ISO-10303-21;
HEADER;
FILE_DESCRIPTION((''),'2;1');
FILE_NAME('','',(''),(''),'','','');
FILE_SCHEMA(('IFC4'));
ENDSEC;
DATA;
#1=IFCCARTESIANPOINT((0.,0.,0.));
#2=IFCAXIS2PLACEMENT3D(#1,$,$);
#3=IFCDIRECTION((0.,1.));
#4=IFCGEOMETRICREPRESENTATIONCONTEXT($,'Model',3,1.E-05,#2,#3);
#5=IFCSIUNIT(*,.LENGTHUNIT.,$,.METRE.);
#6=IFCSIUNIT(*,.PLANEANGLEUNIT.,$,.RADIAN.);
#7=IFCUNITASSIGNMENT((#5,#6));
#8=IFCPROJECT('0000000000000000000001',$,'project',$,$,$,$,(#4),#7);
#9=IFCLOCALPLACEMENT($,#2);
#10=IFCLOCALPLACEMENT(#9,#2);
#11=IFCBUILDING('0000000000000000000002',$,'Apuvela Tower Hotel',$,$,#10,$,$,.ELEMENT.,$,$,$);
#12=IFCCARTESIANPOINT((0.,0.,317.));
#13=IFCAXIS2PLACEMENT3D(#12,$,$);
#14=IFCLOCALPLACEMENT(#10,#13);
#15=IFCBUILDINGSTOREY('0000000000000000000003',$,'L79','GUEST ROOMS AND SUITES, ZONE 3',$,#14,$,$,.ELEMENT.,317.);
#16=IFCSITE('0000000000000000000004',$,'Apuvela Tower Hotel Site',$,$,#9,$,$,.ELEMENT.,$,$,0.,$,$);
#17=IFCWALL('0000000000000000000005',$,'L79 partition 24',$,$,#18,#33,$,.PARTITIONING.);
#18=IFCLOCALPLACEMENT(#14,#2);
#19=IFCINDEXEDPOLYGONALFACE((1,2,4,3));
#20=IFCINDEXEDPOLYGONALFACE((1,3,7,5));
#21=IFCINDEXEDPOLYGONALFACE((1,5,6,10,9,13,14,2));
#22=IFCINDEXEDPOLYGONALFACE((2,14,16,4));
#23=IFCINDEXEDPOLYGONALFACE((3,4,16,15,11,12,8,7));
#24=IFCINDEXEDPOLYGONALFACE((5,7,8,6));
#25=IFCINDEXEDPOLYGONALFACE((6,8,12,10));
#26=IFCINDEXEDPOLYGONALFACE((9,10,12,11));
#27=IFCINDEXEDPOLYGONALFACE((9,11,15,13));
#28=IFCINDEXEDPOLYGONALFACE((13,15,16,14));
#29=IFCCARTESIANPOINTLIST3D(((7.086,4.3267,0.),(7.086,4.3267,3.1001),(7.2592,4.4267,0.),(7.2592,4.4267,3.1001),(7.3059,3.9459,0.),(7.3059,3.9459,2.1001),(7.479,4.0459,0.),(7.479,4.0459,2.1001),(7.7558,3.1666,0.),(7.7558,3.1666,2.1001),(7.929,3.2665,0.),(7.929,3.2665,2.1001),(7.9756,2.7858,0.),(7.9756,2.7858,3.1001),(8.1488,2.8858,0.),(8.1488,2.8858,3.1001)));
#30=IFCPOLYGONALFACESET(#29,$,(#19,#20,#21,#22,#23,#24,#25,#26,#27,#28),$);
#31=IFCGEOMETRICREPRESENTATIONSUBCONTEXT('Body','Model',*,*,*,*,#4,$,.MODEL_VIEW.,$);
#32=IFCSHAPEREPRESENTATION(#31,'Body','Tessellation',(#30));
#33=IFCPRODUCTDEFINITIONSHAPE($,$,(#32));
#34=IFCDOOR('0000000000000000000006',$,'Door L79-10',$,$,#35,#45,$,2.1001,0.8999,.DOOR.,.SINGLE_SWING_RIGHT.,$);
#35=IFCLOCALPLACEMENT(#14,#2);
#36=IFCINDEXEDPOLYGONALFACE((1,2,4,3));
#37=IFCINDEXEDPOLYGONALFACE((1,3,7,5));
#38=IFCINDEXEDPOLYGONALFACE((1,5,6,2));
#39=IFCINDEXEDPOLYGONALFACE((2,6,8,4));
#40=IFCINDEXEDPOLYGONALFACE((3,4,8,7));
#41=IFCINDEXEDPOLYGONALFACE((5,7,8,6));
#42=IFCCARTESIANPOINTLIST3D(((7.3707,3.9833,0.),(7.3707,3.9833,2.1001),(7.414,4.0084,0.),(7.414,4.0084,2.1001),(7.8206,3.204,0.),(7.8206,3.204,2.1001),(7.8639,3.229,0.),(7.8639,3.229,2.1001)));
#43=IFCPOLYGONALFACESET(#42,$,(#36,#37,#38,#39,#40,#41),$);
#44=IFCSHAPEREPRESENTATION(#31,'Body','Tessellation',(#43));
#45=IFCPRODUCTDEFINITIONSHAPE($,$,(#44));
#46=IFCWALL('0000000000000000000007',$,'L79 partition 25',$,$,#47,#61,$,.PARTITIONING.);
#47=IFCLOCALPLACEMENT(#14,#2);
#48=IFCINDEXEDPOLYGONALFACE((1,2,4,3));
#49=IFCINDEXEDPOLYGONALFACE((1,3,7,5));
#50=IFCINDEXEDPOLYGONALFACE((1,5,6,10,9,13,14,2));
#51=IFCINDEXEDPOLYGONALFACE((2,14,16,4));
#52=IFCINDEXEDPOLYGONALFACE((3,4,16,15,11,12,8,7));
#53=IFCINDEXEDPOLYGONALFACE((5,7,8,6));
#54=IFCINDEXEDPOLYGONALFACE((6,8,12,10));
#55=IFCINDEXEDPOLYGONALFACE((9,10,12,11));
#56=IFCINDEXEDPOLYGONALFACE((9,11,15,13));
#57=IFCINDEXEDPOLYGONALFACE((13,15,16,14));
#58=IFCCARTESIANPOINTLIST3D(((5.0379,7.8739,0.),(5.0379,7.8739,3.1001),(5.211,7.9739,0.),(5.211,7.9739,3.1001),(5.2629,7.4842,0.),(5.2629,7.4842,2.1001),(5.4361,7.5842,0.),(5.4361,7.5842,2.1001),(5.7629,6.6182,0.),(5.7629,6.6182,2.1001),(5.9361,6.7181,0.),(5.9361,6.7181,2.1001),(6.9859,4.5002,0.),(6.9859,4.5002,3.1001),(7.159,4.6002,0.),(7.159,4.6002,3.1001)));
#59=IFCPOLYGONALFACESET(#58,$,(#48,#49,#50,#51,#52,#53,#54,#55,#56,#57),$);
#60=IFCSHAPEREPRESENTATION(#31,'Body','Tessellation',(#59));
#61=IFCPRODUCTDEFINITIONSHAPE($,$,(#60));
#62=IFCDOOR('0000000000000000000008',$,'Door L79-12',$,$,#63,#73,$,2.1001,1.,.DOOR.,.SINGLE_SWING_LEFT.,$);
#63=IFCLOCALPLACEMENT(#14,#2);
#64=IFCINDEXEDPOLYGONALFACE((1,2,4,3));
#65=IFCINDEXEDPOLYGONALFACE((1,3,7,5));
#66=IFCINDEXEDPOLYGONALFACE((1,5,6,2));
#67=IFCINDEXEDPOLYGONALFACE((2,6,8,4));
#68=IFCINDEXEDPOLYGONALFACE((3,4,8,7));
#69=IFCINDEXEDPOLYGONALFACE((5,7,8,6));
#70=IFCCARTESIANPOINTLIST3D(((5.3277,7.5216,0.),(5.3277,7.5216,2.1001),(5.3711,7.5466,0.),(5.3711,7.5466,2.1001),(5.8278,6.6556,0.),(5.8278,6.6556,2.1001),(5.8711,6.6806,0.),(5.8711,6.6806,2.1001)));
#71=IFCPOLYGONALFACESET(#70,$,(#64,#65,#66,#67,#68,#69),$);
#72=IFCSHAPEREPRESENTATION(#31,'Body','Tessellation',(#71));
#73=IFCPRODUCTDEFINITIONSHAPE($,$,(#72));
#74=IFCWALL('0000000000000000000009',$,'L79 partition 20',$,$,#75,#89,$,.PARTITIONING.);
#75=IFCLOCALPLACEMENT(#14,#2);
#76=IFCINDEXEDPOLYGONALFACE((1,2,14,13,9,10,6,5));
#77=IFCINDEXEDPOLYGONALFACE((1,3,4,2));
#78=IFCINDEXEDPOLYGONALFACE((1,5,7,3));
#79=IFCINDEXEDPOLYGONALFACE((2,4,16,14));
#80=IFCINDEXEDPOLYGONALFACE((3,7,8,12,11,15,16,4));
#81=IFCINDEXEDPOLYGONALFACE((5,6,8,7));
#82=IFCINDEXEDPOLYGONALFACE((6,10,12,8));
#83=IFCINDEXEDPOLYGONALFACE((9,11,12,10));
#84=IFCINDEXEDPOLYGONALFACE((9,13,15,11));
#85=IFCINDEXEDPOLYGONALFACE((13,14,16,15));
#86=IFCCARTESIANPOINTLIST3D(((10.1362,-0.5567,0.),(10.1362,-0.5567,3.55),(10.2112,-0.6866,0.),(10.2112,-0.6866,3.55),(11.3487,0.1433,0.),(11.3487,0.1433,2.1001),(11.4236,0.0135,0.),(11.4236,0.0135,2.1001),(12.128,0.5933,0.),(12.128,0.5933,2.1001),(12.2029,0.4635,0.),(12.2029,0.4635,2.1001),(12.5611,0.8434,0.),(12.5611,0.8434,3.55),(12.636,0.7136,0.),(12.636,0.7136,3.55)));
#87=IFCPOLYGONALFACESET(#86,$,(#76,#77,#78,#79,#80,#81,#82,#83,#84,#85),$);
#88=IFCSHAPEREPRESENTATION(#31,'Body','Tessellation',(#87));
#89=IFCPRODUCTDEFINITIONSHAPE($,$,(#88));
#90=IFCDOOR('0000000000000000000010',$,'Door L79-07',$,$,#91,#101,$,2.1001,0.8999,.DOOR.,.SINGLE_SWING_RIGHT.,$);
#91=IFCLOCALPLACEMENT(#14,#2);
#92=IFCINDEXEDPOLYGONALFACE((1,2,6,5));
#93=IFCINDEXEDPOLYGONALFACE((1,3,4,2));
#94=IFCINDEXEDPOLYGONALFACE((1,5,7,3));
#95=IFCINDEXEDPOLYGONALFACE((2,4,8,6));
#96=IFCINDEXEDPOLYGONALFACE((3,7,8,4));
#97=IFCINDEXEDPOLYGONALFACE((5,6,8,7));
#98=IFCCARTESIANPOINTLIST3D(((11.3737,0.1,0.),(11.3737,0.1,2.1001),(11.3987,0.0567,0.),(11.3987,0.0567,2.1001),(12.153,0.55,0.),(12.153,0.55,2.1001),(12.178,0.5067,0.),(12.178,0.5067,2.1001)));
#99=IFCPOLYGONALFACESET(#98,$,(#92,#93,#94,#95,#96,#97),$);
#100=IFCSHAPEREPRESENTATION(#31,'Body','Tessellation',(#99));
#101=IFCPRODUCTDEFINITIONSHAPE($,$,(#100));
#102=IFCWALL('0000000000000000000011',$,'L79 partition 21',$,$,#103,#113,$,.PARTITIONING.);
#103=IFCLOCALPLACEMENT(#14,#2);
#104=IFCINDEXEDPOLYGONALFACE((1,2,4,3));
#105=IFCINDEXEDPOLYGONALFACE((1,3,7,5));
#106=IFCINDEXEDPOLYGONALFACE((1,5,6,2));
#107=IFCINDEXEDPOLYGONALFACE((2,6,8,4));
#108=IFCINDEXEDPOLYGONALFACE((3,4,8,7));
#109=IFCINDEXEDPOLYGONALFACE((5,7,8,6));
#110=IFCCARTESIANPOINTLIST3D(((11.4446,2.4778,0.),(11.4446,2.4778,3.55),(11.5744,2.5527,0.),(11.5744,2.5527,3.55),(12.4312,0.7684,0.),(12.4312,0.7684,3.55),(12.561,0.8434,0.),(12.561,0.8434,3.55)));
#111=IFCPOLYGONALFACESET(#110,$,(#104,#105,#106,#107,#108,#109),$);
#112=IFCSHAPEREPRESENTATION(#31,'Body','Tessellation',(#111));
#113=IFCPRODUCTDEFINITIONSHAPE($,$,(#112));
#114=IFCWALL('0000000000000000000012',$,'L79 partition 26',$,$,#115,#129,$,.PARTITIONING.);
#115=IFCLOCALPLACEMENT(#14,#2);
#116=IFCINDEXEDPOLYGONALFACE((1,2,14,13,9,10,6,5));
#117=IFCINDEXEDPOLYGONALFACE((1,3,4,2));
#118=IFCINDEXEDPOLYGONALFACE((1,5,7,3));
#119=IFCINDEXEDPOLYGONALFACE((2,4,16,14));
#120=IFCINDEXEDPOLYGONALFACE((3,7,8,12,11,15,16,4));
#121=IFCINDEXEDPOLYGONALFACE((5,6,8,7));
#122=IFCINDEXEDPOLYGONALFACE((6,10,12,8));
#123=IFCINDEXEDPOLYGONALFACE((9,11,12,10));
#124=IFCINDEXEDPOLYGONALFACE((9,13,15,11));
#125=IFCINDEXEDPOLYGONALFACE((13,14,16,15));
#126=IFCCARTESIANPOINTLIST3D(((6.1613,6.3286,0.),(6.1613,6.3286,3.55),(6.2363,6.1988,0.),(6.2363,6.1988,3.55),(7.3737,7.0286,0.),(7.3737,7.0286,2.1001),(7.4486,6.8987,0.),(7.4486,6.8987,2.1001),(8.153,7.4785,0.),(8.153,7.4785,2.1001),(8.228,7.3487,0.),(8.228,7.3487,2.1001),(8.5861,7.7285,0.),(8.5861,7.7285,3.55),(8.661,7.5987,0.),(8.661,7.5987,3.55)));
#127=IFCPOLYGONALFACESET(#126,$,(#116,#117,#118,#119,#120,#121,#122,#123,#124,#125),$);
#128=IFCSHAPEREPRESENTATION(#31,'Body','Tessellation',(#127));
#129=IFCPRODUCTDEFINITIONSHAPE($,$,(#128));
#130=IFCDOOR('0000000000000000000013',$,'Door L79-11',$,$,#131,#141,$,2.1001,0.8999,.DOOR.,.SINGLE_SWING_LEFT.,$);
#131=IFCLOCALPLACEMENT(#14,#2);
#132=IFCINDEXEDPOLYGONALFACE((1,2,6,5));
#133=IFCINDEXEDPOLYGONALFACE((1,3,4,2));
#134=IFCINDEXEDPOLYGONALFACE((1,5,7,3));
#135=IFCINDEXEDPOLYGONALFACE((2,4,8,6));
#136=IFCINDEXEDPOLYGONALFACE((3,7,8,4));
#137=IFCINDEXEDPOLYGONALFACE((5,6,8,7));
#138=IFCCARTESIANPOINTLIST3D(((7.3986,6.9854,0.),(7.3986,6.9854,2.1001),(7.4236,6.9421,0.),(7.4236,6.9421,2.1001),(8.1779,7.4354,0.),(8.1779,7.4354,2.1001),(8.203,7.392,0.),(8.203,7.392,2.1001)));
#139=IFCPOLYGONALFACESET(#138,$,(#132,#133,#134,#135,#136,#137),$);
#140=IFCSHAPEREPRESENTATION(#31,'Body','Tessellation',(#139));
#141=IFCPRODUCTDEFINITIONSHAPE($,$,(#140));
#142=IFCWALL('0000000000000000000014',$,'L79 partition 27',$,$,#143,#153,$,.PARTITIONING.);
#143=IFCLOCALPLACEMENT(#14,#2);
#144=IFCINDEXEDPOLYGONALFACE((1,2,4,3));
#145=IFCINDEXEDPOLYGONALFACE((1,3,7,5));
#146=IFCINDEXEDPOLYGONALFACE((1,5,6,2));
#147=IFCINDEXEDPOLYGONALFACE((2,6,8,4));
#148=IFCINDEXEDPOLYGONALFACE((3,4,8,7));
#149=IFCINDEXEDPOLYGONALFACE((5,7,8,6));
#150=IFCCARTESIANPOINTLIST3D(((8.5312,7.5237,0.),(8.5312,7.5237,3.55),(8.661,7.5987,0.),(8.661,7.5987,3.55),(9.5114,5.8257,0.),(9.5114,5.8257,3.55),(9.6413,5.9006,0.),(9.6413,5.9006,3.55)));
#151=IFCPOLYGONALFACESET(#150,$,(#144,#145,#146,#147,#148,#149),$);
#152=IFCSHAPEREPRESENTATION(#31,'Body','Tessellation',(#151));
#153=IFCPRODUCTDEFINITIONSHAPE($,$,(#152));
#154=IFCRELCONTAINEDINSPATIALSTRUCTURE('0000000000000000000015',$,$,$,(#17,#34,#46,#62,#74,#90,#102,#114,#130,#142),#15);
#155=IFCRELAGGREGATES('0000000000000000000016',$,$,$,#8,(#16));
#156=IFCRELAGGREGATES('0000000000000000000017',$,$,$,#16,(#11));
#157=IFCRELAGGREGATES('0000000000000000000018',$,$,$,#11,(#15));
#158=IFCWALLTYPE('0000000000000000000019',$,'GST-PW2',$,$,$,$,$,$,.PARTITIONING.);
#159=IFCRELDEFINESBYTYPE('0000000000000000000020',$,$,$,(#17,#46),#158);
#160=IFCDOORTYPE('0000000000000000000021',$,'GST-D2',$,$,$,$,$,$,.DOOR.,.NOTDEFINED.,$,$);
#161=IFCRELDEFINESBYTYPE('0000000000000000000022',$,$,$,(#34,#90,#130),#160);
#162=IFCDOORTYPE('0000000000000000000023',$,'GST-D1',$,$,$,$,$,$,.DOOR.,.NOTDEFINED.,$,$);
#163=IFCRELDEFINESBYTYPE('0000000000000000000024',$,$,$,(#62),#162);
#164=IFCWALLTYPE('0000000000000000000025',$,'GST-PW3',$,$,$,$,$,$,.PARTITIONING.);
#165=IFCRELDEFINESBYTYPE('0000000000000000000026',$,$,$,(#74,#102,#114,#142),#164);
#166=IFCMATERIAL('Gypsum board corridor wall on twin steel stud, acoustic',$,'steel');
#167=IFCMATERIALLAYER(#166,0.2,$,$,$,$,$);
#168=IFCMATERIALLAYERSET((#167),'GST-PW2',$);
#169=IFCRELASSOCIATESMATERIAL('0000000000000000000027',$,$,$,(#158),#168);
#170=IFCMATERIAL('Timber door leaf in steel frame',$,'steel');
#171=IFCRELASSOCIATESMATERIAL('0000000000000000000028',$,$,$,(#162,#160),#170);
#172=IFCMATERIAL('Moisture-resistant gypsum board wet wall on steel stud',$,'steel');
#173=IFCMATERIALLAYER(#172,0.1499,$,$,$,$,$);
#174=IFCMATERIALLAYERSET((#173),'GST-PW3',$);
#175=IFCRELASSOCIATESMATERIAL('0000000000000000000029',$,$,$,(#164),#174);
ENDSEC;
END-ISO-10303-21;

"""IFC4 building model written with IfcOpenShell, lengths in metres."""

from ifc_helpers import new_model, si_unit, direction, frame, frame_2d, origin, place, context, subcontext, project, spatial, rectangle, extrude, material, layer, layer_set, type_object, element, fill, save


model = new_model("IFC4")

# Units and contexts
model_context = context("Model", 3, precision=1e-05, world=origin(), true_north=direction((0.0, 1.0)))
body_context = subcontext(model_context, "Body", "Model", "MODEL_VIEW")
ifc_project = project(units=[si_unit("LENGTHUNIT", "METRE"), si_unit("PLANEANGLEUNIT", "RADIAN")], contexts=[model_context])

# Site, building, storey
site_placement = place(None, origin())
site = spatial("IfcSite", under=ifc_project, at=site_placement, Name="Apuvela Tower Hotel Site", CompositionType="ELEMENT", RefElevation=0.0)
building_placement = place(site_placement, origin())
building = spatial("IfcBuilding", under=site, at=building_placement, Name="Apuvela Tower Hotel", CompositionType="ELEMENT")
storey_placement = place(building_placement, frame((0.0, 0.0, 317.0)))
storey = spatial("IfcBuildingStorey", under=building, at=storey_placement, Name="L79", Description="GUEST ROOMS AND SUITES, ZONE 3", CompositionType="ELEMENT", Elevation=317.0)

# Walls, openings, doors
ifc_material_1 = material(Name="Gypsum board corridor wall on twin steel stud, acoustic", Category="steel")
ifc_layer_1 = layer(ifc_material_1, 0.2)
ifc_layer_set_1 = layer_set([ifc_layer_1], Name="GST-PW2")
wall_type_1 = type_object("IfcWallType", Name="GST-PW2", PredefinedType="PARTITIONING", material=ifc_layer_set_1)
ifc_material_2 = material(Name="Timber door leaf in steel frame", Category="steel")
door_type_1 = type_object("IfcDoorType", Name="GST-D1", OperationType="NOTDEFINED", PredefinedType="DOOR", material=ifc_material_2)
door_type_2 = type_object("IfcDoorType", Name="GST-D2", OperationType="NOTDEFINED", PredefinedType="DOOR", material=ifc_material_2)
wall_1_placement = place(storey_placement, frame((7.1726, 4.3767, 0.0), z_axis=(0.0, 0.0, 1.0), x_axis=(0.499976, -0.866039, 0.0)))
wall_1 = element("IfcWall", 1, at=wall_1_placement, inside=storey, type_object=wall_type_1, Name="L79 partition 24", PredefinedType="PARTITIONING", context=body_context, shape_type="SweptSolid", body=[
    extrude(rectangle(XDim=1.7793, YDim=0.2, at=frame_2d((0.8896, 0.0))), origin(), (0.0, 0.0, 1.0), 3.1001),
])
opening_1_placement = place(wall_1_placement, frame((0.4397, 0.0, 0.0)))
opening_1 = element("IfcOpeningElement", 2, at=opening_1_placement, cuts=wall_1, PredefinedType="OPENING", context=body_context, shape_type="SweptSolid", body=[
    extrude(rectangle(XDim=0.8999, YDim=2.1001, at=frame_2d((0.45, 1.05))), frame((0.0, 0.1099, 0.0), z_axis=(0.0, -1.0, 0.0), x_axis=(1.0, 0.0, 0.0)), (0.0, 0.0, 1.0), 0.22),
])
door_1_placement = place(opening_1_placement, origin())
door_1 = element("IfcDoor", 3, at=door_1_placement, inside=storey, type_object=door_type_2, Name="Door L79-10", OperationType="SINGLE_SWING_RIGHT", OverallHeight=2.1001, OverallWidth=0.8999, PredefinedType="DOOR", context=body_context, shape_type="SweptSolid", body=[
    extrude(rectangle(XDim=0.8999, YDim=2.1001, at=frame_2d((0.45, 1.05))), frame((0.0, 0.0249, 0.0), z_axis=(0.0, -1.0, 0.0), x_axis=(1.0, 0.0, 0.0)), (0.0, 0.0, 1.0), 0.05),
])
fill(opening_1, door_1)
wall_2_placement = place(storey_placement, frame((5.1245, 7.9238, 0.0), z_axis=(0.0, 0.0, 1.0), x_axis=(0.500028, -0.866009, 0.0)))
wall_2 = element("IfcWall", 4, at=wall_2_placement, inside=storey, type_object=wall_type_1, Name="L79 partition 25", PredefinedType="PARTITIONING", context=body_context, shape_type="SweptSolid", body=[
    extrude(rectangle(XDim=3.8958, YDim=0.2, at=frame_2d((1.9478, 0.0))), origin(), (0.0, 0.0, 1.0), 3.1001),
])
opening_2_placement = place(wall_2_placement, frame((0.45, 0.0, 0.0)))
opening_2 = element("IfcOpeningElement", 5, at=opening_2_placement, cuts=wall_2, PredefinedType="OPENING", context=body_context, shape_type="SweptSolid", body=[
    extrude(rectangle(XDim=1.0, YDim=2.1001, at=frame_2d((0.5, 1.05))), frame((0.0, 0.1099, 0.0), z_axis=(0.0, -1.0, 0.0), x_axis=(1.0, 0.0, 0.0)), (0.0, 0.0, 1.0), 0.22),
])
door_2_placement = place(opening_2_placement, origin())
door_2 = element("IfcDoor", 6, at=door_2_placement, inside=storey, type_object=door_type_1, Name="Door L79-12", OperationType="SINGLE_SWING_LEFT", OverallHeight=2.1001, OverallWidth=1.0, PredefinedType="DOOR", context=body_context, shape_type="SweptSolid", body=[
    extrude(rectangle(XDim=1.0, YDim=2.1001, at=frame_2d((0.5, 1.05))), frame((0.0, 0.0249, 0.0), z_axis=(0.0, -1.0, 0.0), x_axis=(1.0, 0.0, 0.0)), (0.0, 0.0, 1.0), 0.05),
])
fill(opening_2, door_2)
ifc_material_3 = material(Name="Moisture-resistant gypsum board wet wall on steel stud", Category="steel")
ifc_layer_2 = layer(ifc_material_3, 0.1499)
ifc_layer_set_2 = layer_set([ifc_layer_2], Name="GST-PW3")
wall_type_2 = type_object("IfcWallType", Name="GST-PW3", PredefinedType="PARTITIONING", material=ifc_layer_set_2)
wall_3_placement = place(storey_placement, frame((10.1738, -0.6216, 0.0), z_axis=(0.0, 0.0, 1.0), x_axis=(0.865997, 0.50005, 0.0)))
wall_3 = element("IfcWall", 7, at=wall_3_placement, inside=storey, type_object=wall_type_2, Name="L79 partition 20", PredefinedType="PARTITIONING", context=body_context, shape_type="SweptSolid", body=[
    extrude(rectangle(XDim=2.8, YDim=0.1499, at=frame_2d((1.3999, 0.0))), origin(), (0.0, 0.0, 1.0), 3.55),
])
opening_3_placement = place(wall_3_placement, frame((1.3999, 0.0, 0.0)))
opening_3 = element("IfcOpeningElement", 8, at=opening_3_placement, cuts=wall_3, PredefinedType="OPENING", context=body_context, shape_type="SweptSolid", body=[
    extrude(rectangle(XDim=0.8999, YDim=2.1001, at=frame_2d((0.45, 1.05))), frame((0.0, 0.085, 0.0), z_axis=(0.0, -1.0, 0.0), x_axis=(1.0, 0.0, 0.0)), (0.0, 0.0, 1.0), 0.1699),
])
door_3_placement = place(opening_3_placement, origin())
door_3 = element("IfcDoor", 9, at=door_3_placement, inside=storey, type_object=door_type_2, Name="Door L79-07", OperationType="SINGLE_SWING_RIGHT", OverallHeight=2.1001, OverallWidth=0.8999, PredefinedType="DOOR", context=body_context, shape_type="SweptSolid", body=[
    extrude(rectangle(XDim=0.8999, YDim=2.1001, at=frame_2d((0.45, 1.05))), frame((0.0, 0.0249, 0.0), z_axis=(0.0, -1.0, 0.0), x_axis=(1.0, 0.0, 0.0)), (0.0, 0.0, 1.0), 0.05),
])
fill(opening_3, door_3)

# Wall
wall_4_placement = place(storey_placement, frame((12.4961, 0.8059, 0.0), z_axis=(0.0, 0.0, 1.0), x_axis=(-0.499905, 0.866081, 0.0)))
element("IfcWall", 10, at=wall_4_placement, inside=storey, type_object=wall_type_2, Name="L79 partition 21", PredefinedType="PARTITIONING", context=body_context, shape_type="SweptSolid", body=[
    extrude(rectangle(XDim=1.9736, YDim=0.1499, at=frame_2d((0.9868, 0.0))), origin(), (0.0, 0.0, 1.0), 3.55),
])

# Wall, opening, door
wall_5_placement = place(storey_placement, frame((8.6235, 7.6636, 0.0), z_axis=(0.0, 0.0, 1.0), x_axis=(-0.866035, -0.499984, 0.0)))
wall_5 = element("IfcWall", 11, at=wall_5_placement, inside=storey, type_object=wall_type_2, Name="L79 partition 26", PredefinedType="PARTITIONING", context=body_context, shape_type="SweptSolid", body=[
    extrude(rectangle(XDim=2.7998, YDim=0.1499, at=frame_2d((1.3999, 0.0))), origin(), (0.0, 0.0, 1.0), 3.55),
])
opening_4_placement = place(wall_5_placement, frame((0.5, 0.0, 0.0)))
opening_4 = element("IfcOpeningElement", 12, at=opening_4_placement, cuts=wall_5, PredefinedType="OPENING", context=body_context, shape_type="SweptSolid", body=[
    extrude(rectangle(XDim=0.8999, YDim=2.1001, at=frame_2d((0.45, 1.05))), frame((0.0, 0.085, 0.0), z_axis=(0.0, -1.0, 0.0), x_axis=(1.0, 0.0, 0.0)), (0.0, 0.0, 1.0), 0.1699),
])
door_4_placement = place(opening_4_placement, origin())
door_4 = element("IfcDoor", 13, at=door_4_placement, inside=storey, type_object=door_type_2, Name="Door L79-11", OperationType="SINGLE_SWING_LEFT", OverallHeight=2.1001, OverallWidth=0.8999, PredefinedType="DOOR", context=body_context, shape_type="SweptSolid", body=[
    extrude(rectangle(XDim=0.8999, YDim=2.1001, at=frame_2d((0.45, 1.05))), frame((0.0, 0.0249, 0.0), z_axis=(0.0, -1.0, 0.0), x_axis=(1.0, 0.0, 0.0)), (0.0, 0.0, 1.0), 0.05),
])
fill(opening_4, door_4)

# Wall
wall_6_placement = place(storey_placement, frame((9.5764, 5.863, 0.0), z_axis=(0.0, 0.0, 1.0), x_axis=(-0.499956, 0.866051, 0.0)))
element("IfcWall", 14, at=wall_6_placement, inside=storey, type_object=wall_type_2, Name="L79 partition 27", PredefinedType="PARTITIONING", context=body_context, shape_type="SweptSolid", body=[
    extrude(rectangle(XDim=1.9607, YDim=0.1499, at=frame_2d((0.9805, 0.0))), origin(), (0.0, 0.0, 1.0), 3.55),
])

save(model, "model.ifc")
